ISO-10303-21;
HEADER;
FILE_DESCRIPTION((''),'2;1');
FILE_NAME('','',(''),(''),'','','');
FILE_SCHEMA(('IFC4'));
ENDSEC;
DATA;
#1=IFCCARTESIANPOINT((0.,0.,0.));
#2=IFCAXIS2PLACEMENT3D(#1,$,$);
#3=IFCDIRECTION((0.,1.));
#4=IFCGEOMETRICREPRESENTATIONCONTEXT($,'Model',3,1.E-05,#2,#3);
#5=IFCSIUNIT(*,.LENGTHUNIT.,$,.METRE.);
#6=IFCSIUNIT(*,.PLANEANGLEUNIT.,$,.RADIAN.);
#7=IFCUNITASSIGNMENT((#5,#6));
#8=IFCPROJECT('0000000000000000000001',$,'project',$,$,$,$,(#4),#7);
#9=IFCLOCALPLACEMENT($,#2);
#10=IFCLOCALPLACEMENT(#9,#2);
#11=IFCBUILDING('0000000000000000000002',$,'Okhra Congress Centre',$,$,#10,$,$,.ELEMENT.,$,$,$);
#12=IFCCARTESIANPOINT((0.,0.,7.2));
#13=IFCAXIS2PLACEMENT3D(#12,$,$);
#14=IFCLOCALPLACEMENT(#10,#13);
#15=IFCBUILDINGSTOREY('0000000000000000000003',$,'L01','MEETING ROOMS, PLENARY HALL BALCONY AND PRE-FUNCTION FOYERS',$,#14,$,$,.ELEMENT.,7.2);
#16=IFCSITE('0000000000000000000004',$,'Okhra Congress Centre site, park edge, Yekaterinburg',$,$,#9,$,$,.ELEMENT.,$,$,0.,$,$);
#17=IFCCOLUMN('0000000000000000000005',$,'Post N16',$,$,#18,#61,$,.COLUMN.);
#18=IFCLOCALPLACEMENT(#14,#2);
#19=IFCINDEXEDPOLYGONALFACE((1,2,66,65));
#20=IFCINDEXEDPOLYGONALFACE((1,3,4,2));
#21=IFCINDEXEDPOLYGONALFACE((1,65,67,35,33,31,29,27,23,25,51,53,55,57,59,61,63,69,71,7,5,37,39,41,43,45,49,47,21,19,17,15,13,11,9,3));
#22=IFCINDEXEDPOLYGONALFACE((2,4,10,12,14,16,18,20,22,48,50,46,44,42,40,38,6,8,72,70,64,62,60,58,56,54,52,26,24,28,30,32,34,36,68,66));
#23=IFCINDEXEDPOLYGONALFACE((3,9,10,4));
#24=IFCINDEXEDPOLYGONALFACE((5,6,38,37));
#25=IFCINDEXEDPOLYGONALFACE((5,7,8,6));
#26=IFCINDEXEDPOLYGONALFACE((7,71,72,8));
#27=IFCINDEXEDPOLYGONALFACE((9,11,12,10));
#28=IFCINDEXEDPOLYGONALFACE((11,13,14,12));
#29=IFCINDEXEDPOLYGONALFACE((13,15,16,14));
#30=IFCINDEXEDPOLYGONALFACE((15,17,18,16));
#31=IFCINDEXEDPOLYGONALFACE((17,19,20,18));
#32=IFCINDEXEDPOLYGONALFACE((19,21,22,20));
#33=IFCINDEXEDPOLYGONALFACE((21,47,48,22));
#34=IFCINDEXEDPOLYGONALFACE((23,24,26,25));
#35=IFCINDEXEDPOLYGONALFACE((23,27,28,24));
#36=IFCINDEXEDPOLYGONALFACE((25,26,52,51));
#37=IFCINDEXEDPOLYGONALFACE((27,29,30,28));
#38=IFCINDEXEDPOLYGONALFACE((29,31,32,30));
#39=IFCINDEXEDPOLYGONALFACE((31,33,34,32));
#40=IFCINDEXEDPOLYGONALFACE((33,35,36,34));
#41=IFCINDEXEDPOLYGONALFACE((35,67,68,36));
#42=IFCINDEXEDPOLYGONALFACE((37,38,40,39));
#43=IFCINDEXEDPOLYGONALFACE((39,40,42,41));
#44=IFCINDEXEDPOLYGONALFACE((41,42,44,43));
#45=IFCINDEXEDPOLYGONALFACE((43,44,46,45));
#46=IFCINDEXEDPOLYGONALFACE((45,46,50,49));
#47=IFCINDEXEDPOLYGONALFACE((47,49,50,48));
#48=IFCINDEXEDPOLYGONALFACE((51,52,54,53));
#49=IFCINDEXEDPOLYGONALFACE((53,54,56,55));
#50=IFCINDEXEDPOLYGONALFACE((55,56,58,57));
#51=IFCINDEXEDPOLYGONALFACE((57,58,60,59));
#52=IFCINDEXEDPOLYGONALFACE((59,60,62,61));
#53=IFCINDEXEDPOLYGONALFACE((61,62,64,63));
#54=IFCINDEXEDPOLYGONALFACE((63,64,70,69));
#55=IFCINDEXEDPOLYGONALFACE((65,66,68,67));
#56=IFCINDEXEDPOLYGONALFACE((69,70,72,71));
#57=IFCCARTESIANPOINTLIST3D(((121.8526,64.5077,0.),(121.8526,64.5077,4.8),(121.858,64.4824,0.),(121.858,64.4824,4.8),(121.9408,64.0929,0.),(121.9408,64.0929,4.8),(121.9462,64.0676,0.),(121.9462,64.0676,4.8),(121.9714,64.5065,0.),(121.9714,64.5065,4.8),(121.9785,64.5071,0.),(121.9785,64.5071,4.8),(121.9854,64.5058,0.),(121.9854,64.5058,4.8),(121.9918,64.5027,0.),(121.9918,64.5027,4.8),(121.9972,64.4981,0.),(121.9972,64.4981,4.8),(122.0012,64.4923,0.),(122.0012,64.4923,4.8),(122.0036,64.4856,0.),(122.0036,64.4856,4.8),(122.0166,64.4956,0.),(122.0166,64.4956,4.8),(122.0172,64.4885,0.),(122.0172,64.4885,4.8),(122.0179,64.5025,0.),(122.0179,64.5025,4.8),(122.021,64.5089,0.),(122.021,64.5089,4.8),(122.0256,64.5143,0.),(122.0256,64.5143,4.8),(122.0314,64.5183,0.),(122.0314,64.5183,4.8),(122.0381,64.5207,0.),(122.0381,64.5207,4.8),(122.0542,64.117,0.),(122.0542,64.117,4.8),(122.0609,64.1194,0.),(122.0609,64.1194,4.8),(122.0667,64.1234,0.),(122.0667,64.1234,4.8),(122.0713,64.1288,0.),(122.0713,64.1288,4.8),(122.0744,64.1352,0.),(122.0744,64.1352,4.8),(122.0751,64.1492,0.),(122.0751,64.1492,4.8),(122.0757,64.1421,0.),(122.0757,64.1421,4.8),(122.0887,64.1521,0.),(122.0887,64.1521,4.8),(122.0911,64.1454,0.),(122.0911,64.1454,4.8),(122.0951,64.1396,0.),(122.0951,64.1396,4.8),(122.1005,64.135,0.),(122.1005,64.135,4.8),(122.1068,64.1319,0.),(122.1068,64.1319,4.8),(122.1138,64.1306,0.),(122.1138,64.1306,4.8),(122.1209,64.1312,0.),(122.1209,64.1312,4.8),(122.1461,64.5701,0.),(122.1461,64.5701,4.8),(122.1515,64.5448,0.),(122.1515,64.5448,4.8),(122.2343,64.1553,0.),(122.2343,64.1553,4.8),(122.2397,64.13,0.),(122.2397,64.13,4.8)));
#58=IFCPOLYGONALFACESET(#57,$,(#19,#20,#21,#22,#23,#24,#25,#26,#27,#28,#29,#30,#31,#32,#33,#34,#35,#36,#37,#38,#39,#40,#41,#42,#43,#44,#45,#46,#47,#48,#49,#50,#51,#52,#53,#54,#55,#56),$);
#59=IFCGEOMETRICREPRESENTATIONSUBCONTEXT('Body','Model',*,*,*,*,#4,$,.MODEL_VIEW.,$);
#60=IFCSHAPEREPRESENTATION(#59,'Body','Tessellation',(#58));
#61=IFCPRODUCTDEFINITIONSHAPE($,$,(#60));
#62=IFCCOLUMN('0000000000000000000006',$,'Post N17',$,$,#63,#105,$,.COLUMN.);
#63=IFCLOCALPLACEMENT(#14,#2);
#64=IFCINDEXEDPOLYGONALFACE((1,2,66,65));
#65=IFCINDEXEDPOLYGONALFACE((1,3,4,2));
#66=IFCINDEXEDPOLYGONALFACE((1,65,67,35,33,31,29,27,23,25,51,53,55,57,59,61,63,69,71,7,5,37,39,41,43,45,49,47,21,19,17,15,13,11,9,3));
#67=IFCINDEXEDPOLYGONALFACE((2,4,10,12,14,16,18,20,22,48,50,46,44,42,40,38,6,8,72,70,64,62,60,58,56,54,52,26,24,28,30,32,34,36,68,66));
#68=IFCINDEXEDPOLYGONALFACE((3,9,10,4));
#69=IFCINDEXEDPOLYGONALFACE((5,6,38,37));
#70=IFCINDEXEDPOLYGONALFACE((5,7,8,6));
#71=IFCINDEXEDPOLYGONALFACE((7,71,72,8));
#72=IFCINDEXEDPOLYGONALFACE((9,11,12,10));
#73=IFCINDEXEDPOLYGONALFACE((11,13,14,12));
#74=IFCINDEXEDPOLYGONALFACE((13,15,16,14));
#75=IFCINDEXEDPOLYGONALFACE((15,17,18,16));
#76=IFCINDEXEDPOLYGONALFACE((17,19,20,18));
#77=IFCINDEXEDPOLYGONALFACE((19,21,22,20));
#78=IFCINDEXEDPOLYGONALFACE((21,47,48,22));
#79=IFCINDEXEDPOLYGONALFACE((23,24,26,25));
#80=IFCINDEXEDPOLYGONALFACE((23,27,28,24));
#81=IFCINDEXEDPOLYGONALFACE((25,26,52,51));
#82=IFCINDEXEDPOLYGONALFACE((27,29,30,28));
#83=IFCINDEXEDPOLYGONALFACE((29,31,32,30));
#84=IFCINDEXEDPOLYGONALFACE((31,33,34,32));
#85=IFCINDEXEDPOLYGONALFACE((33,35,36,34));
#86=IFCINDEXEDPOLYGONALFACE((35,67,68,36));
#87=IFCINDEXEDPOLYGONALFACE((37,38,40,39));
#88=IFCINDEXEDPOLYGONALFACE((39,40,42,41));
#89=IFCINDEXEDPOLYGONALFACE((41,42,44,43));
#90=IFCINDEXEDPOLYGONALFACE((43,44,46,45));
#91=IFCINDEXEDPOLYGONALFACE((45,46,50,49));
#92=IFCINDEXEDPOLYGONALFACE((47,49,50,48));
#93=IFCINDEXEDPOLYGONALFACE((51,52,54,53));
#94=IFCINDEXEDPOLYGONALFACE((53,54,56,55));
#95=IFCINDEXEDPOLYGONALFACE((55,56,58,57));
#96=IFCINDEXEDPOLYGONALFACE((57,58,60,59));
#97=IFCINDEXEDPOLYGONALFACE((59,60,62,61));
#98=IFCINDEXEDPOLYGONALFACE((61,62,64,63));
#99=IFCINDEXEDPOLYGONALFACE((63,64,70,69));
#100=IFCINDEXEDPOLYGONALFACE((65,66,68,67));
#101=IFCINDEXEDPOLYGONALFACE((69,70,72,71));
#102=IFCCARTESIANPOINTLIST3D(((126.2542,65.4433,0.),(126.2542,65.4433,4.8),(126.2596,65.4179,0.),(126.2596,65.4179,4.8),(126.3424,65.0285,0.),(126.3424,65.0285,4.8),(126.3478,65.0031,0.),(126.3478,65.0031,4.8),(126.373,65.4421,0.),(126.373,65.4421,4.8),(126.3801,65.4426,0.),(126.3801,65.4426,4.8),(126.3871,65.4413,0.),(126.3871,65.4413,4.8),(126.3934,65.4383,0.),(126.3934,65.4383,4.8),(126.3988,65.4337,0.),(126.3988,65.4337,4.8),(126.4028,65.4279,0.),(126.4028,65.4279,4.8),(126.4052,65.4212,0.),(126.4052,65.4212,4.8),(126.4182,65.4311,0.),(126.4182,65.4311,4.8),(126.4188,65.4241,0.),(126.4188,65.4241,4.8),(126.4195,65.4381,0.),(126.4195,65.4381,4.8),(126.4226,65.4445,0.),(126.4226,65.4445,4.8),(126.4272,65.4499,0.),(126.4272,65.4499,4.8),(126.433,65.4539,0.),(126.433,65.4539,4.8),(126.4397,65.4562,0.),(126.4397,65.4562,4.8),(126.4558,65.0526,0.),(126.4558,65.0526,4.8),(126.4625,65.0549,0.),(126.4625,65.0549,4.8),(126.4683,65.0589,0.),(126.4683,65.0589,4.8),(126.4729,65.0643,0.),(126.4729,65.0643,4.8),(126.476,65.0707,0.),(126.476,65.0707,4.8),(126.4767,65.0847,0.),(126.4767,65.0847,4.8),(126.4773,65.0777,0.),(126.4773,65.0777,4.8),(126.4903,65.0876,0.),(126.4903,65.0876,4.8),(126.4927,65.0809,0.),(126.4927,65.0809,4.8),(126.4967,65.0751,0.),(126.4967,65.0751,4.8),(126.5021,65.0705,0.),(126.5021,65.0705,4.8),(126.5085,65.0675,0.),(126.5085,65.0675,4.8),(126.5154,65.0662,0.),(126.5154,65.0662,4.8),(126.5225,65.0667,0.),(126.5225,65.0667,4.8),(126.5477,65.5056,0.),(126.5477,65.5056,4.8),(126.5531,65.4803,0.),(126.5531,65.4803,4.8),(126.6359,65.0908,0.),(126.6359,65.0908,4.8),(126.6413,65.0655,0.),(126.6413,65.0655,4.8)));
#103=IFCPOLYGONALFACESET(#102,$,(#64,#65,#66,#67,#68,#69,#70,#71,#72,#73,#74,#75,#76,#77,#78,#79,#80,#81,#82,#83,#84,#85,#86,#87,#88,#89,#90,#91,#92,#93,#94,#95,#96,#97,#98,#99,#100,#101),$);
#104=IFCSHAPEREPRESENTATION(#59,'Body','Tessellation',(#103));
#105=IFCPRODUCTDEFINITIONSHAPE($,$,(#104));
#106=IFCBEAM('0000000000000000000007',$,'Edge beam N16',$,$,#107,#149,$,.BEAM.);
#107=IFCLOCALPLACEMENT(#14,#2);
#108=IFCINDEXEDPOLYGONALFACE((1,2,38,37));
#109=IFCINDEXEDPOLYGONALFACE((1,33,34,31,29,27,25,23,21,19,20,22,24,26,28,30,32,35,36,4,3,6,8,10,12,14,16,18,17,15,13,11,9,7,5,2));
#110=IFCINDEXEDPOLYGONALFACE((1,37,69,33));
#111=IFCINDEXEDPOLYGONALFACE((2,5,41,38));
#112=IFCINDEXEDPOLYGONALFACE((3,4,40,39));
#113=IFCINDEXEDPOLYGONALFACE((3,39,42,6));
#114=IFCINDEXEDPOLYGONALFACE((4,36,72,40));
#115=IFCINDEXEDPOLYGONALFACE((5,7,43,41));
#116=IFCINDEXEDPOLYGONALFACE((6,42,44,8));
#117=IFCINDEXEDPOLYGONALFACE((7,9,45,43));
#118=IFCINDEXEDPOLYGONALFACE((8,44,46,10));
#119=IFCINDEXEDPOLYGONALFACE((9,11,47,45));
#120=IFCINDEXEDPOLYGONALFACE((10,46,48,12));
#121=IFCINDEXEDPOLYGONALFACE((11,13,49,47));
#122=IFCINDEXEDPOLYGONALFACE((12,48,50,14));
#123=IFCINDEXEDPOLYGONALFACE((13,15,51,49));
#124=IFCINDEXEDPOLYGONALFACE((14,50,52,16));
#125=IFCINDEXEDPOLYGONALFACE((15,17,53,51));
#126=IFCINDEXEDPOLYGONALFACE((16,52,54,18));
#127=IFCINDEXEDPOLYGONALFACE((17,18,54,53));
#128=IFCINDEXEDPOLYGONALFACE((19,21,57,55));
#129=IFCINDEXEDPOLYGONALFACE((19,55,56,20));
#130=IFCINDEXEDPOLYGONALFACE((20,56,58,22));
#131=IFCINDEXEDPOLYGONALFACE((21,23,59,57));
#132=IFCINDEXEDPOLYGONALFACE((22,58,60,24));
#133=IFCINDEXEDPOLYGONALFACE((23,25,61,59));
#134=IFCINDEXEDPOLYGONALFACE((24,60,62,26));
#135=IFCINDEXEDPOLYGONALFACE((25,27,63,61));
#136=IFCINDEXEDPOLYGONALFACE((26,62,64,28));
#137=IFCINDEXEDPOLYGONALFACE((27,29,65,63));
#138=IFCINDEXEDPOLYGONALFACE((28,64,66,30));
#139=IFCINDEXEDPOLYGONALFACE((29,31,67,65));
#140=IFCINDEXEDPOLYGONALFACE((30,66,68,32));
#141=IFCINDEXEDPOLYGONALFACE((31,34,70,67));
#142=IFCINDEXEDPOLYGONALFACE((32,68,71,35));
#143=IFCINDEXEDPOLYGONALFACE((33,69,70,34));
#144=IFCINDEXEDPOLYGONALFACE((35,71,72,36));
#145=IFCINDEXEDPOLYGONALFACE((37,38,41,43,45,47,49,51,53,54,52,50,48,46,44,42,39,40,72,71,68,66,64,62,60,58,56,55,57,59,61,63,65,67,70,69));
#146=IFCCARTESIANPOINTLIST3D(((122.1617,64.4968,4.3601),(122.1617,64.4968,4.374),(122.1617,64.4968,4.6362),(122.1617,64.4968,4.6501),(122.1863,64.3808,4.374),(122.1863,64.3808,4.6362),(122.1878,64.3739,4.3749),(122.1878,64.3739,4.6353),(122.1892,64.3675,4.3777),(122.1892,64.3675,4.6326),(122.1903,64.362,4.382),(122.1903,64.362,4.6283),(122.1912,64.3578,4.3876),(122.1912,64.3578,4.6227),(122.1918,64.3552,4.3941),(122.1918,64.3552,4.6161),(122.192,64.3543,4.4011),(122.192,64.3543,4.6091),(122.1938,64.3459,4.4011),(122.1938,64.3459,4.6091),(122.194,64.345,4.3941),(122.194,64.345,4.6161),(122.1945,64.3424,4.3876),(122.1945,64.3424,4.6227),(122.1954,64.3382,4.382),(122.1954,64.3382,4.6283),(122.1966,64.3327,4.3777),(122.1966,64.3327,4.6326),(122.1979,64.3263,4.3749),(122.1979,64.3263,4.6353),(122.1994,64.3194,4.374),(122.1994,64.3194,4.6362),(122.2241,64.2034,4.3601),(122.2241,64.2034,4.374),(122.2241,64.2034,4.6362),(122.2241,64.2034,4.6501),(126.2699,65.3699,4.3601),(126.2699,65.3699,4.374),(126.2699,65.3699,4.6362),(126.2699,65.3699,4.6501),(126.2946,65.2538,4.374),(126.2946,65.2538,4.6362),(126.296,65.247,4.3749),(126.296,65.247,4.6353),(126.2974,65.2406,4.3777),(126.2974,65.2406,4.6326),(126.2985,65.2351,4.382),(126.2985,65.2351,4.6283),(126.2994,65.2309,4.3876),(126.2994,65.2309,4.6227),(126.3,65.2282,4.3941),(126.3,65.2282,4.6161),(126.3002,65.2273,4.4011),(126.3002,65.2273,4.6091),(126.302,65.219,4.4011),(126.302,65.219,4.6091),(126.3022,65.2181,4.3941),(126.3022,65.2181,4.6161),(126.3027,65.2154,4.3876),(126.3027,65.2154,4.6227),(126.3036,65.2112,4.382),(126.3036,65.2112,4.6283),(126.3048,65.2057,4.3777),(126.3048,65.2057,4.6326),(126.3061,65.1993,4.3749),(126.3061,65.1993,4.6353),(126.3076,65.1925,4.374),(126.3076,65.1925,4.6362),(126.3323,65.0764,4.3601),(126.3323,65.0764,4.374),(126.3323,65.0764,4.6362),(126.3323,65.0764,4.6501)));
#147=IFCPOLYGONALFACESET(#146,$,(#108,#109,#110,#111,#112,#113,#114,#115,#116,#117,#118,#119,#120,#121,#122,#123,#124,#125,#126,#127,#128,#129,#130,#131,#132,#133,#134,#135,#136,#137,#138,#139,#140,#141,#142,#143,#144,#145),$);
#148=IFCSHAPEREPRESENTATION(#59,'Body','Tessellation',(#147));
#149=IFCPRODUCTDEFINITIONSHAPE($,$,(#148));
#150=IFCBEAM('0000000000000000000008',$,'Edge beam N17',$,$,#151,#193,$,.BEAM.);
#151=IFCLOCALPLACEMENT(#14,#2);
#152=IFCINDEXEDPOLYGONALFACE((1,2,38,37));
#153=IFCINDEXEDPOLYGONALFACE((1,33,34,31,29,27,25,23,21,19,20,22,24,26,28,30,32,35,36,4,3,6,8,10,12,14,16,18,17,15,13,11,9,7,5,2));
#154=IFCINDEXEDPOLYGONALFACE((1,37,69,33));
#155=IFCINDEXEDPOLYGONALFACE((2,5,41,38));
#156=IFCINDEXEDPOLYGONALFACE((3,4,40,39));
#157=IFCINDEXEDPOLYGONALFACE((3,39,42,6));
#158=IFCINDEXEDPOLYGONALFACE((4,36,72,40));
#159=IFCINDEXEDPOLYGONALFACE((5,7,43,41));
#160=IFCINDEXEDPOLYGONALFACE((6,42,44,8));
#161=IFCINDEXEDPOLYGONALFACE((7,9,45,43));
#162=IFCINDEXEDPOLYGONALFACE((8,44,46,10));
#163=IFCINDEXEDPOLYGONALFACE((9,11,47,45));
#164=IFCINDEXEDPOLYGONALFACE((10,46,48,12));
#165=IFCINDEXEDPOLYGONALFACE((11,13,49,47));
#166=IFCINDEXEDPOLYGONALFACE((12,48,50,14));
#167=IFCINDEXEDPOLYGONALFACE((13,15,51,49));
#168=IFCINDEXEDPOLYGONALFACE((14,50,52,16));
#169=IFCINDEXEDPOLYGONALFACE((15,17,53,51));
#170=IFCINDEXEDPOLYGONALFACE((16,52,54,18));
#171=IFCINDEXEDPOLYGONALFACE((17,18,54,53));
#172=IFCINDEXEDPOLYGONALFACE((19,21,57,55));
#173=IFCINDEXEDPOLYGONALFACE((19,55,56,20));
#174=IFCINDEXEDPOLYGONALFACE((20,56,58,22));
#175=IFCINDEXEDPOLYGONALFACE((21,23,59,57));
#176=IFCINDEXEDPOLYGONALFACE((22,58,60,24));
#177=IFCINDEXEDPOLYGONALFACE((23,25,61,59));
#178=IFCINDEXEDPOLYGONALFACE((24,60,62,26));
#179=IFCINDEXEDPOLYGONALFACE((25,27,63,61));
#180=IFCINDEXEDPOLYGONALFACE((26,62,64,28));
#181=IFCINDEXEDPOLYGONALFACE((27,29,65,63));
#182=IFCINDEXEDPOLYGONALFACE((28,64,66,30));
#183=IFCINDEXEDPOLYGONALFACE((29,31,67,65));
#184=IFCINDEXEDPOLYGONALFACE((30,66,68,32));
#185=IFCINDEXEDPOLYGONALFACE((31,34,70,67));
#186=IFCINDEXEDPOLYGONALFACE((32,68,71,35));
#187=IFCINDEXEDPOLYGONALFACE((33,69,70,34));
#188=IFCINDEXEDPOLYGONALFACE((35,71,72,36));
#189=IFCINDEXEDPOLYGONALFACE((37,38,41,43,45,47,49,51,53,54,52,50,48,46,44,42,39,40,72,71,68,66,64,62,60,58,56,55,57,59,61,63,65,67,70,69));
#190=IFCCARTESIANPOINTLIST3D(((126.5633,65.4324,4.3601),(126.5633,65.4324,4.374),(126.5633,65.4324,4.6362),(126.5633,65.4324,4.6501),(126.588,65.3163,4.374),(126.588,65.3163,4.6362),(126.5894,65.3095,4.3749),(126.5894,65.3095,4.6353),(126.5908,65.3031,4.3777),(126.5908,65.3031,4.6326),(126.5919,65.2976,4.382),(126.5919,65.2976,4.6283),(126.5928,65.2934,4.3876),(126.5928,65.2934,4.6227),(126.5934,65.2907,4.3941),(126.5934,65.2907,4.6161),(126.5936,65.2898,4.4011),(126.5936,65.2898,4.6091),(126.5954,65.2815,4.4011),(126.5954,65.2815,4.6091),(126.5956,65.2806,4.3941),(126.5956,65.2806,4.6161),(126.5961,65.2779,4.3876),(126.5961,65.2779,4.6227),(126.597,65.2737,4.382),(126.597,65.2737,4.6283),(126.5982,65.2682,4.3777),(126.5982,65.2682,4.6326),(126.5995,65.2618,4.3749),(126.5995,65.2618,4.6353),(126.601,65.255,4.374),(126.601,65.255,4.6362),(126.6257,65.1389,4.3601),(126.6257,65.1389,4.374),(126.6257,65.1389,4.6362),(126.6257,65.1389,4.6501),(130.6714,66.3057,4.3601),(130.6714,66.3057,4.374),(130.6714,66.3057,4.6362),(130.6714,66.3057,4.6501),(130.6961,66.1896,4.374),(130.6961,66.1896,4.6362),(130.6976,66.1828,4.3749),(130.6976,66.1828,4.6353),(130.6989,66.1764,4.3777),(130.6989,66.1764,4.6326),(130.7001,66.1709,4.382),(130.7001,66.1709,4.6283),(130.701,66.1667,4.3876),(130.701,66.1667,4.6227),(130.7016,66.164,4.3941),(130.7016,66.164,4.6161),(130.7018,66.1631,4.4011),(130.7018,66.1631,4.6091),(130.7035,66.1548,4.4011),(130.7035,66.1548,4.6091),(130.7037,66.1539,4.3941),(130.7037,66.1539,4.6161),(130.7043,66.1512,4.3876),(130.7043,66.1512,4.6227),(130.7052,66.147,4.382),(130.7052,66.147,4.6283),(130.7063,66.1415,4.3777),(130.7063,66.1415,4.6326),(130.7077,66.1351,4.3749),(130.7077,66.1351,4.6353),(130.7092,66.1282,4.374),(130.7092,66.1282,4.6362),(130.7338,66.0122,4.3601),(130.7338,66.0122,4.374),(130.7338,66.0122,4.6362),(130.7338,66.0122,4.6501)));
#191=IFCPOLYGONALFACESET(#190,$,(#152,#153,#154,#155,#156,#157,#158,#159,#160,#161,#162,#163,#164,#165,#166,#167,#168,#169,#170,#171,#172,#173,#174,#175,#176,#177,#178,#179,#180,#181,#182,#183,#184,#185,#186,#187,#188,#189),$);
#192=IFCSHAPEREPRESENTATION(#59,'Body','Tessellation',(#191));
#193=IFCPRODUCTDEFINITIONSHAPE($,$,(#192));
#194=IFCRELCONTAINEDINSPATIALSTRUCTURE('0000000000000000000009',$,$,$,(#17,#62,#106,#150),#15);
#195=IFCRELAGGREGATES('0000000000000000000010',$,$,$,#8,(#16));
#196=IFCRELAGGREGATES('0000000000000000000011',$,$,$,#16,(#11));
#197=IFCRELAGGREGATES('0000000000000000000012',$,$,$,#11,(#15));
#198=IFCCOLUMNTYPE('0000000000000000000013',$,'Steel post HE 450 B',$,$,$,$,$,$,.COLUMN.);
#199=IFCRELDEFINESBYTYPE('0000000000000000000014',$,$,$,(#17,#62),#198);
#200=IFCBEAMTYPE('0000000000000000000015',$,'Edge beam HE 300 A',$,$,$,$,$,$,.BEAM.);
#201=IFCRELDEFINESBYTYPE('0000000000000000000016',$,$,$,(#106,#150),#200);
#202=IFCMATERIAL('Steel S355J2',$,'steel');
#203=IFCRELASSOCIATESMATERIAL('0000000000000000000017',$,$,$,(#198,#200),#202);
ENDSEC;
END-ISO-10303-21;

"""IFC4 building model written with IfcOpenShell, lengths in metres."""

from ifc_helpers import new_model, si_unit, direction, frame, origin, origin_2d, place, context, subcontext, project, spatial, i_section, extrude, material, material_profile, profile_set, type_object, element, save


model = new_model("IFC4")

# Units and contexts
model_context = context("Model", 3, precision=1e-05, world=origin(), true_north=direction((0.0, 1.0)))
body_context = subcontext(model_context, "Body", "Model", "MODEL_VIEW")
ifc_project = project(units=[si_unit("LENGTHUNIT", "METRE"), si_unit("PLANEANGLEUNIT", "RADIAN")], contexts=[model_context])

# Site, building, storey
site_placement = place(None, origin())
site = spatial("IfcSite", under=ifc_project, at=site_placement, Name="Okhra Congress Centre site, park edge, Yekaterinburg", CompositionType="ELEMENT", RefElevation=0.0)
building_placement = place(site_placement, origin())
building = spatial("IfcBuilding", under=site, at=building_placement, Name="Okhra Congress Centre", CompositionType="ELEMENT")
storey_placement = place(building_placement, frame((0.0, 0.0, 7.2)))
storey = spatial("IfcBuildingStorey", under=building, at=storey_placement, Name="L01", Description="MEETING ROOMS, PLENARY HALL BALCONY AND PRE-FUNCTION FOYERS", CompositionType="ELEMENT", Elevation=7.2)

# Columns
ifc_material_1 = material(Name="Steel S355J2", Category="steel")
ifc_material_profile_1 = material_profile(ifc_material_1, i_section(OverallWidth=0.3, OverallDepth=0.45, WebThickness=0.0139, FlangeThickness=0.0259, FilletRadius=0.0271, at=origin_2d()), Name="HE 450 B")
ifc_profile_set_1 = profile_set([ifc_material_profile_1], Name="Steel S355J2")
column_type = type_object("IfcColumnType", Name="Steel post HE 450 B", PredefinedType="COLUMN", material=ifc_profile_set_1)
for number, where, z_axis, x_axis, name in (
    (1, (122.0461, 64.3188, 0.0), (0.0, 0.0, 1.0), (0.978148, 0.207912, 0.0), "Post N16"),
    (2, (126.4478, 65.2544, 0.0), (0.0, 0.0, 1.0), (0.978148, 0.207912, 0.0), "Post N17"),
):
    element("IfcColumn", number, at=place(storey_placement, frame(where, z_axis=z_axis, x_axis=x_axis)), inside=storey, type_object=column_type, Name=name, PredefinedType="COLUMN", context=body_context, shape_type="SweptSolid", body=[
        extrude(i_section(OverallWidth=0.3, OverallDepth=0.45, WebThickness=0.0139, FlangeThickness=0.0259, FilletRadius=0.0271, at=origin_2d()), origin(), (0.0, 0.0, 1.0), 4.8),
    ])

# Beams
ifc_material_profile_2 = material_profile(ifc_material_1, i_section(OverallWidth=0.3, OverallDepth=0.29, WebThickness=0.0085, FlangeThickness=0.0139, FilletRadius=0.0271, at=origin_2d()), Name="HE 300 A")
ifc_profile_set_2 = profile_set([ifc_material_profile_2], Name="Steel S355J2")
beam_type_1 = type_object("IfcBeamType", Name="Edge beam HE 300 A", PredefinedType="BEAM", material=ifc_profile_set_2)
for number, where, z_axis, x_axis, name in (
    (3, (122.1929, 64.3501, 4.5051), (0.978156, 0.207873, 0.0), (-0.207873, 0.978156, 0.0), "Edge beam N16"),
    (4, (126.5945, 65.2856, 4.5051), (0.978144, 0.207929, 0.0), (-0.207929, 0.978144, 0.0), "Edge beam N17"),
):
    element("IfcBeam", number, at=place(storey_placement, frame(where, z_axis=z_axis, x_axis=x_axis)), inside=storey, type_object=beam_type_1, Name=name, PredefinedType="BEAM", context=body_context, shape_type="SweptSolid", body=[
        extrude(i_section(OverallWidth=0.3, OverallDepth=0.29, WebThickness=0.0085, FlangeThickness=0.0139, FilletRadius=0.0271, at=origin_2d()), origin(), (0.0, 0.0, 1.0), 4.2),
    ])

save(model, "model.ifc")
